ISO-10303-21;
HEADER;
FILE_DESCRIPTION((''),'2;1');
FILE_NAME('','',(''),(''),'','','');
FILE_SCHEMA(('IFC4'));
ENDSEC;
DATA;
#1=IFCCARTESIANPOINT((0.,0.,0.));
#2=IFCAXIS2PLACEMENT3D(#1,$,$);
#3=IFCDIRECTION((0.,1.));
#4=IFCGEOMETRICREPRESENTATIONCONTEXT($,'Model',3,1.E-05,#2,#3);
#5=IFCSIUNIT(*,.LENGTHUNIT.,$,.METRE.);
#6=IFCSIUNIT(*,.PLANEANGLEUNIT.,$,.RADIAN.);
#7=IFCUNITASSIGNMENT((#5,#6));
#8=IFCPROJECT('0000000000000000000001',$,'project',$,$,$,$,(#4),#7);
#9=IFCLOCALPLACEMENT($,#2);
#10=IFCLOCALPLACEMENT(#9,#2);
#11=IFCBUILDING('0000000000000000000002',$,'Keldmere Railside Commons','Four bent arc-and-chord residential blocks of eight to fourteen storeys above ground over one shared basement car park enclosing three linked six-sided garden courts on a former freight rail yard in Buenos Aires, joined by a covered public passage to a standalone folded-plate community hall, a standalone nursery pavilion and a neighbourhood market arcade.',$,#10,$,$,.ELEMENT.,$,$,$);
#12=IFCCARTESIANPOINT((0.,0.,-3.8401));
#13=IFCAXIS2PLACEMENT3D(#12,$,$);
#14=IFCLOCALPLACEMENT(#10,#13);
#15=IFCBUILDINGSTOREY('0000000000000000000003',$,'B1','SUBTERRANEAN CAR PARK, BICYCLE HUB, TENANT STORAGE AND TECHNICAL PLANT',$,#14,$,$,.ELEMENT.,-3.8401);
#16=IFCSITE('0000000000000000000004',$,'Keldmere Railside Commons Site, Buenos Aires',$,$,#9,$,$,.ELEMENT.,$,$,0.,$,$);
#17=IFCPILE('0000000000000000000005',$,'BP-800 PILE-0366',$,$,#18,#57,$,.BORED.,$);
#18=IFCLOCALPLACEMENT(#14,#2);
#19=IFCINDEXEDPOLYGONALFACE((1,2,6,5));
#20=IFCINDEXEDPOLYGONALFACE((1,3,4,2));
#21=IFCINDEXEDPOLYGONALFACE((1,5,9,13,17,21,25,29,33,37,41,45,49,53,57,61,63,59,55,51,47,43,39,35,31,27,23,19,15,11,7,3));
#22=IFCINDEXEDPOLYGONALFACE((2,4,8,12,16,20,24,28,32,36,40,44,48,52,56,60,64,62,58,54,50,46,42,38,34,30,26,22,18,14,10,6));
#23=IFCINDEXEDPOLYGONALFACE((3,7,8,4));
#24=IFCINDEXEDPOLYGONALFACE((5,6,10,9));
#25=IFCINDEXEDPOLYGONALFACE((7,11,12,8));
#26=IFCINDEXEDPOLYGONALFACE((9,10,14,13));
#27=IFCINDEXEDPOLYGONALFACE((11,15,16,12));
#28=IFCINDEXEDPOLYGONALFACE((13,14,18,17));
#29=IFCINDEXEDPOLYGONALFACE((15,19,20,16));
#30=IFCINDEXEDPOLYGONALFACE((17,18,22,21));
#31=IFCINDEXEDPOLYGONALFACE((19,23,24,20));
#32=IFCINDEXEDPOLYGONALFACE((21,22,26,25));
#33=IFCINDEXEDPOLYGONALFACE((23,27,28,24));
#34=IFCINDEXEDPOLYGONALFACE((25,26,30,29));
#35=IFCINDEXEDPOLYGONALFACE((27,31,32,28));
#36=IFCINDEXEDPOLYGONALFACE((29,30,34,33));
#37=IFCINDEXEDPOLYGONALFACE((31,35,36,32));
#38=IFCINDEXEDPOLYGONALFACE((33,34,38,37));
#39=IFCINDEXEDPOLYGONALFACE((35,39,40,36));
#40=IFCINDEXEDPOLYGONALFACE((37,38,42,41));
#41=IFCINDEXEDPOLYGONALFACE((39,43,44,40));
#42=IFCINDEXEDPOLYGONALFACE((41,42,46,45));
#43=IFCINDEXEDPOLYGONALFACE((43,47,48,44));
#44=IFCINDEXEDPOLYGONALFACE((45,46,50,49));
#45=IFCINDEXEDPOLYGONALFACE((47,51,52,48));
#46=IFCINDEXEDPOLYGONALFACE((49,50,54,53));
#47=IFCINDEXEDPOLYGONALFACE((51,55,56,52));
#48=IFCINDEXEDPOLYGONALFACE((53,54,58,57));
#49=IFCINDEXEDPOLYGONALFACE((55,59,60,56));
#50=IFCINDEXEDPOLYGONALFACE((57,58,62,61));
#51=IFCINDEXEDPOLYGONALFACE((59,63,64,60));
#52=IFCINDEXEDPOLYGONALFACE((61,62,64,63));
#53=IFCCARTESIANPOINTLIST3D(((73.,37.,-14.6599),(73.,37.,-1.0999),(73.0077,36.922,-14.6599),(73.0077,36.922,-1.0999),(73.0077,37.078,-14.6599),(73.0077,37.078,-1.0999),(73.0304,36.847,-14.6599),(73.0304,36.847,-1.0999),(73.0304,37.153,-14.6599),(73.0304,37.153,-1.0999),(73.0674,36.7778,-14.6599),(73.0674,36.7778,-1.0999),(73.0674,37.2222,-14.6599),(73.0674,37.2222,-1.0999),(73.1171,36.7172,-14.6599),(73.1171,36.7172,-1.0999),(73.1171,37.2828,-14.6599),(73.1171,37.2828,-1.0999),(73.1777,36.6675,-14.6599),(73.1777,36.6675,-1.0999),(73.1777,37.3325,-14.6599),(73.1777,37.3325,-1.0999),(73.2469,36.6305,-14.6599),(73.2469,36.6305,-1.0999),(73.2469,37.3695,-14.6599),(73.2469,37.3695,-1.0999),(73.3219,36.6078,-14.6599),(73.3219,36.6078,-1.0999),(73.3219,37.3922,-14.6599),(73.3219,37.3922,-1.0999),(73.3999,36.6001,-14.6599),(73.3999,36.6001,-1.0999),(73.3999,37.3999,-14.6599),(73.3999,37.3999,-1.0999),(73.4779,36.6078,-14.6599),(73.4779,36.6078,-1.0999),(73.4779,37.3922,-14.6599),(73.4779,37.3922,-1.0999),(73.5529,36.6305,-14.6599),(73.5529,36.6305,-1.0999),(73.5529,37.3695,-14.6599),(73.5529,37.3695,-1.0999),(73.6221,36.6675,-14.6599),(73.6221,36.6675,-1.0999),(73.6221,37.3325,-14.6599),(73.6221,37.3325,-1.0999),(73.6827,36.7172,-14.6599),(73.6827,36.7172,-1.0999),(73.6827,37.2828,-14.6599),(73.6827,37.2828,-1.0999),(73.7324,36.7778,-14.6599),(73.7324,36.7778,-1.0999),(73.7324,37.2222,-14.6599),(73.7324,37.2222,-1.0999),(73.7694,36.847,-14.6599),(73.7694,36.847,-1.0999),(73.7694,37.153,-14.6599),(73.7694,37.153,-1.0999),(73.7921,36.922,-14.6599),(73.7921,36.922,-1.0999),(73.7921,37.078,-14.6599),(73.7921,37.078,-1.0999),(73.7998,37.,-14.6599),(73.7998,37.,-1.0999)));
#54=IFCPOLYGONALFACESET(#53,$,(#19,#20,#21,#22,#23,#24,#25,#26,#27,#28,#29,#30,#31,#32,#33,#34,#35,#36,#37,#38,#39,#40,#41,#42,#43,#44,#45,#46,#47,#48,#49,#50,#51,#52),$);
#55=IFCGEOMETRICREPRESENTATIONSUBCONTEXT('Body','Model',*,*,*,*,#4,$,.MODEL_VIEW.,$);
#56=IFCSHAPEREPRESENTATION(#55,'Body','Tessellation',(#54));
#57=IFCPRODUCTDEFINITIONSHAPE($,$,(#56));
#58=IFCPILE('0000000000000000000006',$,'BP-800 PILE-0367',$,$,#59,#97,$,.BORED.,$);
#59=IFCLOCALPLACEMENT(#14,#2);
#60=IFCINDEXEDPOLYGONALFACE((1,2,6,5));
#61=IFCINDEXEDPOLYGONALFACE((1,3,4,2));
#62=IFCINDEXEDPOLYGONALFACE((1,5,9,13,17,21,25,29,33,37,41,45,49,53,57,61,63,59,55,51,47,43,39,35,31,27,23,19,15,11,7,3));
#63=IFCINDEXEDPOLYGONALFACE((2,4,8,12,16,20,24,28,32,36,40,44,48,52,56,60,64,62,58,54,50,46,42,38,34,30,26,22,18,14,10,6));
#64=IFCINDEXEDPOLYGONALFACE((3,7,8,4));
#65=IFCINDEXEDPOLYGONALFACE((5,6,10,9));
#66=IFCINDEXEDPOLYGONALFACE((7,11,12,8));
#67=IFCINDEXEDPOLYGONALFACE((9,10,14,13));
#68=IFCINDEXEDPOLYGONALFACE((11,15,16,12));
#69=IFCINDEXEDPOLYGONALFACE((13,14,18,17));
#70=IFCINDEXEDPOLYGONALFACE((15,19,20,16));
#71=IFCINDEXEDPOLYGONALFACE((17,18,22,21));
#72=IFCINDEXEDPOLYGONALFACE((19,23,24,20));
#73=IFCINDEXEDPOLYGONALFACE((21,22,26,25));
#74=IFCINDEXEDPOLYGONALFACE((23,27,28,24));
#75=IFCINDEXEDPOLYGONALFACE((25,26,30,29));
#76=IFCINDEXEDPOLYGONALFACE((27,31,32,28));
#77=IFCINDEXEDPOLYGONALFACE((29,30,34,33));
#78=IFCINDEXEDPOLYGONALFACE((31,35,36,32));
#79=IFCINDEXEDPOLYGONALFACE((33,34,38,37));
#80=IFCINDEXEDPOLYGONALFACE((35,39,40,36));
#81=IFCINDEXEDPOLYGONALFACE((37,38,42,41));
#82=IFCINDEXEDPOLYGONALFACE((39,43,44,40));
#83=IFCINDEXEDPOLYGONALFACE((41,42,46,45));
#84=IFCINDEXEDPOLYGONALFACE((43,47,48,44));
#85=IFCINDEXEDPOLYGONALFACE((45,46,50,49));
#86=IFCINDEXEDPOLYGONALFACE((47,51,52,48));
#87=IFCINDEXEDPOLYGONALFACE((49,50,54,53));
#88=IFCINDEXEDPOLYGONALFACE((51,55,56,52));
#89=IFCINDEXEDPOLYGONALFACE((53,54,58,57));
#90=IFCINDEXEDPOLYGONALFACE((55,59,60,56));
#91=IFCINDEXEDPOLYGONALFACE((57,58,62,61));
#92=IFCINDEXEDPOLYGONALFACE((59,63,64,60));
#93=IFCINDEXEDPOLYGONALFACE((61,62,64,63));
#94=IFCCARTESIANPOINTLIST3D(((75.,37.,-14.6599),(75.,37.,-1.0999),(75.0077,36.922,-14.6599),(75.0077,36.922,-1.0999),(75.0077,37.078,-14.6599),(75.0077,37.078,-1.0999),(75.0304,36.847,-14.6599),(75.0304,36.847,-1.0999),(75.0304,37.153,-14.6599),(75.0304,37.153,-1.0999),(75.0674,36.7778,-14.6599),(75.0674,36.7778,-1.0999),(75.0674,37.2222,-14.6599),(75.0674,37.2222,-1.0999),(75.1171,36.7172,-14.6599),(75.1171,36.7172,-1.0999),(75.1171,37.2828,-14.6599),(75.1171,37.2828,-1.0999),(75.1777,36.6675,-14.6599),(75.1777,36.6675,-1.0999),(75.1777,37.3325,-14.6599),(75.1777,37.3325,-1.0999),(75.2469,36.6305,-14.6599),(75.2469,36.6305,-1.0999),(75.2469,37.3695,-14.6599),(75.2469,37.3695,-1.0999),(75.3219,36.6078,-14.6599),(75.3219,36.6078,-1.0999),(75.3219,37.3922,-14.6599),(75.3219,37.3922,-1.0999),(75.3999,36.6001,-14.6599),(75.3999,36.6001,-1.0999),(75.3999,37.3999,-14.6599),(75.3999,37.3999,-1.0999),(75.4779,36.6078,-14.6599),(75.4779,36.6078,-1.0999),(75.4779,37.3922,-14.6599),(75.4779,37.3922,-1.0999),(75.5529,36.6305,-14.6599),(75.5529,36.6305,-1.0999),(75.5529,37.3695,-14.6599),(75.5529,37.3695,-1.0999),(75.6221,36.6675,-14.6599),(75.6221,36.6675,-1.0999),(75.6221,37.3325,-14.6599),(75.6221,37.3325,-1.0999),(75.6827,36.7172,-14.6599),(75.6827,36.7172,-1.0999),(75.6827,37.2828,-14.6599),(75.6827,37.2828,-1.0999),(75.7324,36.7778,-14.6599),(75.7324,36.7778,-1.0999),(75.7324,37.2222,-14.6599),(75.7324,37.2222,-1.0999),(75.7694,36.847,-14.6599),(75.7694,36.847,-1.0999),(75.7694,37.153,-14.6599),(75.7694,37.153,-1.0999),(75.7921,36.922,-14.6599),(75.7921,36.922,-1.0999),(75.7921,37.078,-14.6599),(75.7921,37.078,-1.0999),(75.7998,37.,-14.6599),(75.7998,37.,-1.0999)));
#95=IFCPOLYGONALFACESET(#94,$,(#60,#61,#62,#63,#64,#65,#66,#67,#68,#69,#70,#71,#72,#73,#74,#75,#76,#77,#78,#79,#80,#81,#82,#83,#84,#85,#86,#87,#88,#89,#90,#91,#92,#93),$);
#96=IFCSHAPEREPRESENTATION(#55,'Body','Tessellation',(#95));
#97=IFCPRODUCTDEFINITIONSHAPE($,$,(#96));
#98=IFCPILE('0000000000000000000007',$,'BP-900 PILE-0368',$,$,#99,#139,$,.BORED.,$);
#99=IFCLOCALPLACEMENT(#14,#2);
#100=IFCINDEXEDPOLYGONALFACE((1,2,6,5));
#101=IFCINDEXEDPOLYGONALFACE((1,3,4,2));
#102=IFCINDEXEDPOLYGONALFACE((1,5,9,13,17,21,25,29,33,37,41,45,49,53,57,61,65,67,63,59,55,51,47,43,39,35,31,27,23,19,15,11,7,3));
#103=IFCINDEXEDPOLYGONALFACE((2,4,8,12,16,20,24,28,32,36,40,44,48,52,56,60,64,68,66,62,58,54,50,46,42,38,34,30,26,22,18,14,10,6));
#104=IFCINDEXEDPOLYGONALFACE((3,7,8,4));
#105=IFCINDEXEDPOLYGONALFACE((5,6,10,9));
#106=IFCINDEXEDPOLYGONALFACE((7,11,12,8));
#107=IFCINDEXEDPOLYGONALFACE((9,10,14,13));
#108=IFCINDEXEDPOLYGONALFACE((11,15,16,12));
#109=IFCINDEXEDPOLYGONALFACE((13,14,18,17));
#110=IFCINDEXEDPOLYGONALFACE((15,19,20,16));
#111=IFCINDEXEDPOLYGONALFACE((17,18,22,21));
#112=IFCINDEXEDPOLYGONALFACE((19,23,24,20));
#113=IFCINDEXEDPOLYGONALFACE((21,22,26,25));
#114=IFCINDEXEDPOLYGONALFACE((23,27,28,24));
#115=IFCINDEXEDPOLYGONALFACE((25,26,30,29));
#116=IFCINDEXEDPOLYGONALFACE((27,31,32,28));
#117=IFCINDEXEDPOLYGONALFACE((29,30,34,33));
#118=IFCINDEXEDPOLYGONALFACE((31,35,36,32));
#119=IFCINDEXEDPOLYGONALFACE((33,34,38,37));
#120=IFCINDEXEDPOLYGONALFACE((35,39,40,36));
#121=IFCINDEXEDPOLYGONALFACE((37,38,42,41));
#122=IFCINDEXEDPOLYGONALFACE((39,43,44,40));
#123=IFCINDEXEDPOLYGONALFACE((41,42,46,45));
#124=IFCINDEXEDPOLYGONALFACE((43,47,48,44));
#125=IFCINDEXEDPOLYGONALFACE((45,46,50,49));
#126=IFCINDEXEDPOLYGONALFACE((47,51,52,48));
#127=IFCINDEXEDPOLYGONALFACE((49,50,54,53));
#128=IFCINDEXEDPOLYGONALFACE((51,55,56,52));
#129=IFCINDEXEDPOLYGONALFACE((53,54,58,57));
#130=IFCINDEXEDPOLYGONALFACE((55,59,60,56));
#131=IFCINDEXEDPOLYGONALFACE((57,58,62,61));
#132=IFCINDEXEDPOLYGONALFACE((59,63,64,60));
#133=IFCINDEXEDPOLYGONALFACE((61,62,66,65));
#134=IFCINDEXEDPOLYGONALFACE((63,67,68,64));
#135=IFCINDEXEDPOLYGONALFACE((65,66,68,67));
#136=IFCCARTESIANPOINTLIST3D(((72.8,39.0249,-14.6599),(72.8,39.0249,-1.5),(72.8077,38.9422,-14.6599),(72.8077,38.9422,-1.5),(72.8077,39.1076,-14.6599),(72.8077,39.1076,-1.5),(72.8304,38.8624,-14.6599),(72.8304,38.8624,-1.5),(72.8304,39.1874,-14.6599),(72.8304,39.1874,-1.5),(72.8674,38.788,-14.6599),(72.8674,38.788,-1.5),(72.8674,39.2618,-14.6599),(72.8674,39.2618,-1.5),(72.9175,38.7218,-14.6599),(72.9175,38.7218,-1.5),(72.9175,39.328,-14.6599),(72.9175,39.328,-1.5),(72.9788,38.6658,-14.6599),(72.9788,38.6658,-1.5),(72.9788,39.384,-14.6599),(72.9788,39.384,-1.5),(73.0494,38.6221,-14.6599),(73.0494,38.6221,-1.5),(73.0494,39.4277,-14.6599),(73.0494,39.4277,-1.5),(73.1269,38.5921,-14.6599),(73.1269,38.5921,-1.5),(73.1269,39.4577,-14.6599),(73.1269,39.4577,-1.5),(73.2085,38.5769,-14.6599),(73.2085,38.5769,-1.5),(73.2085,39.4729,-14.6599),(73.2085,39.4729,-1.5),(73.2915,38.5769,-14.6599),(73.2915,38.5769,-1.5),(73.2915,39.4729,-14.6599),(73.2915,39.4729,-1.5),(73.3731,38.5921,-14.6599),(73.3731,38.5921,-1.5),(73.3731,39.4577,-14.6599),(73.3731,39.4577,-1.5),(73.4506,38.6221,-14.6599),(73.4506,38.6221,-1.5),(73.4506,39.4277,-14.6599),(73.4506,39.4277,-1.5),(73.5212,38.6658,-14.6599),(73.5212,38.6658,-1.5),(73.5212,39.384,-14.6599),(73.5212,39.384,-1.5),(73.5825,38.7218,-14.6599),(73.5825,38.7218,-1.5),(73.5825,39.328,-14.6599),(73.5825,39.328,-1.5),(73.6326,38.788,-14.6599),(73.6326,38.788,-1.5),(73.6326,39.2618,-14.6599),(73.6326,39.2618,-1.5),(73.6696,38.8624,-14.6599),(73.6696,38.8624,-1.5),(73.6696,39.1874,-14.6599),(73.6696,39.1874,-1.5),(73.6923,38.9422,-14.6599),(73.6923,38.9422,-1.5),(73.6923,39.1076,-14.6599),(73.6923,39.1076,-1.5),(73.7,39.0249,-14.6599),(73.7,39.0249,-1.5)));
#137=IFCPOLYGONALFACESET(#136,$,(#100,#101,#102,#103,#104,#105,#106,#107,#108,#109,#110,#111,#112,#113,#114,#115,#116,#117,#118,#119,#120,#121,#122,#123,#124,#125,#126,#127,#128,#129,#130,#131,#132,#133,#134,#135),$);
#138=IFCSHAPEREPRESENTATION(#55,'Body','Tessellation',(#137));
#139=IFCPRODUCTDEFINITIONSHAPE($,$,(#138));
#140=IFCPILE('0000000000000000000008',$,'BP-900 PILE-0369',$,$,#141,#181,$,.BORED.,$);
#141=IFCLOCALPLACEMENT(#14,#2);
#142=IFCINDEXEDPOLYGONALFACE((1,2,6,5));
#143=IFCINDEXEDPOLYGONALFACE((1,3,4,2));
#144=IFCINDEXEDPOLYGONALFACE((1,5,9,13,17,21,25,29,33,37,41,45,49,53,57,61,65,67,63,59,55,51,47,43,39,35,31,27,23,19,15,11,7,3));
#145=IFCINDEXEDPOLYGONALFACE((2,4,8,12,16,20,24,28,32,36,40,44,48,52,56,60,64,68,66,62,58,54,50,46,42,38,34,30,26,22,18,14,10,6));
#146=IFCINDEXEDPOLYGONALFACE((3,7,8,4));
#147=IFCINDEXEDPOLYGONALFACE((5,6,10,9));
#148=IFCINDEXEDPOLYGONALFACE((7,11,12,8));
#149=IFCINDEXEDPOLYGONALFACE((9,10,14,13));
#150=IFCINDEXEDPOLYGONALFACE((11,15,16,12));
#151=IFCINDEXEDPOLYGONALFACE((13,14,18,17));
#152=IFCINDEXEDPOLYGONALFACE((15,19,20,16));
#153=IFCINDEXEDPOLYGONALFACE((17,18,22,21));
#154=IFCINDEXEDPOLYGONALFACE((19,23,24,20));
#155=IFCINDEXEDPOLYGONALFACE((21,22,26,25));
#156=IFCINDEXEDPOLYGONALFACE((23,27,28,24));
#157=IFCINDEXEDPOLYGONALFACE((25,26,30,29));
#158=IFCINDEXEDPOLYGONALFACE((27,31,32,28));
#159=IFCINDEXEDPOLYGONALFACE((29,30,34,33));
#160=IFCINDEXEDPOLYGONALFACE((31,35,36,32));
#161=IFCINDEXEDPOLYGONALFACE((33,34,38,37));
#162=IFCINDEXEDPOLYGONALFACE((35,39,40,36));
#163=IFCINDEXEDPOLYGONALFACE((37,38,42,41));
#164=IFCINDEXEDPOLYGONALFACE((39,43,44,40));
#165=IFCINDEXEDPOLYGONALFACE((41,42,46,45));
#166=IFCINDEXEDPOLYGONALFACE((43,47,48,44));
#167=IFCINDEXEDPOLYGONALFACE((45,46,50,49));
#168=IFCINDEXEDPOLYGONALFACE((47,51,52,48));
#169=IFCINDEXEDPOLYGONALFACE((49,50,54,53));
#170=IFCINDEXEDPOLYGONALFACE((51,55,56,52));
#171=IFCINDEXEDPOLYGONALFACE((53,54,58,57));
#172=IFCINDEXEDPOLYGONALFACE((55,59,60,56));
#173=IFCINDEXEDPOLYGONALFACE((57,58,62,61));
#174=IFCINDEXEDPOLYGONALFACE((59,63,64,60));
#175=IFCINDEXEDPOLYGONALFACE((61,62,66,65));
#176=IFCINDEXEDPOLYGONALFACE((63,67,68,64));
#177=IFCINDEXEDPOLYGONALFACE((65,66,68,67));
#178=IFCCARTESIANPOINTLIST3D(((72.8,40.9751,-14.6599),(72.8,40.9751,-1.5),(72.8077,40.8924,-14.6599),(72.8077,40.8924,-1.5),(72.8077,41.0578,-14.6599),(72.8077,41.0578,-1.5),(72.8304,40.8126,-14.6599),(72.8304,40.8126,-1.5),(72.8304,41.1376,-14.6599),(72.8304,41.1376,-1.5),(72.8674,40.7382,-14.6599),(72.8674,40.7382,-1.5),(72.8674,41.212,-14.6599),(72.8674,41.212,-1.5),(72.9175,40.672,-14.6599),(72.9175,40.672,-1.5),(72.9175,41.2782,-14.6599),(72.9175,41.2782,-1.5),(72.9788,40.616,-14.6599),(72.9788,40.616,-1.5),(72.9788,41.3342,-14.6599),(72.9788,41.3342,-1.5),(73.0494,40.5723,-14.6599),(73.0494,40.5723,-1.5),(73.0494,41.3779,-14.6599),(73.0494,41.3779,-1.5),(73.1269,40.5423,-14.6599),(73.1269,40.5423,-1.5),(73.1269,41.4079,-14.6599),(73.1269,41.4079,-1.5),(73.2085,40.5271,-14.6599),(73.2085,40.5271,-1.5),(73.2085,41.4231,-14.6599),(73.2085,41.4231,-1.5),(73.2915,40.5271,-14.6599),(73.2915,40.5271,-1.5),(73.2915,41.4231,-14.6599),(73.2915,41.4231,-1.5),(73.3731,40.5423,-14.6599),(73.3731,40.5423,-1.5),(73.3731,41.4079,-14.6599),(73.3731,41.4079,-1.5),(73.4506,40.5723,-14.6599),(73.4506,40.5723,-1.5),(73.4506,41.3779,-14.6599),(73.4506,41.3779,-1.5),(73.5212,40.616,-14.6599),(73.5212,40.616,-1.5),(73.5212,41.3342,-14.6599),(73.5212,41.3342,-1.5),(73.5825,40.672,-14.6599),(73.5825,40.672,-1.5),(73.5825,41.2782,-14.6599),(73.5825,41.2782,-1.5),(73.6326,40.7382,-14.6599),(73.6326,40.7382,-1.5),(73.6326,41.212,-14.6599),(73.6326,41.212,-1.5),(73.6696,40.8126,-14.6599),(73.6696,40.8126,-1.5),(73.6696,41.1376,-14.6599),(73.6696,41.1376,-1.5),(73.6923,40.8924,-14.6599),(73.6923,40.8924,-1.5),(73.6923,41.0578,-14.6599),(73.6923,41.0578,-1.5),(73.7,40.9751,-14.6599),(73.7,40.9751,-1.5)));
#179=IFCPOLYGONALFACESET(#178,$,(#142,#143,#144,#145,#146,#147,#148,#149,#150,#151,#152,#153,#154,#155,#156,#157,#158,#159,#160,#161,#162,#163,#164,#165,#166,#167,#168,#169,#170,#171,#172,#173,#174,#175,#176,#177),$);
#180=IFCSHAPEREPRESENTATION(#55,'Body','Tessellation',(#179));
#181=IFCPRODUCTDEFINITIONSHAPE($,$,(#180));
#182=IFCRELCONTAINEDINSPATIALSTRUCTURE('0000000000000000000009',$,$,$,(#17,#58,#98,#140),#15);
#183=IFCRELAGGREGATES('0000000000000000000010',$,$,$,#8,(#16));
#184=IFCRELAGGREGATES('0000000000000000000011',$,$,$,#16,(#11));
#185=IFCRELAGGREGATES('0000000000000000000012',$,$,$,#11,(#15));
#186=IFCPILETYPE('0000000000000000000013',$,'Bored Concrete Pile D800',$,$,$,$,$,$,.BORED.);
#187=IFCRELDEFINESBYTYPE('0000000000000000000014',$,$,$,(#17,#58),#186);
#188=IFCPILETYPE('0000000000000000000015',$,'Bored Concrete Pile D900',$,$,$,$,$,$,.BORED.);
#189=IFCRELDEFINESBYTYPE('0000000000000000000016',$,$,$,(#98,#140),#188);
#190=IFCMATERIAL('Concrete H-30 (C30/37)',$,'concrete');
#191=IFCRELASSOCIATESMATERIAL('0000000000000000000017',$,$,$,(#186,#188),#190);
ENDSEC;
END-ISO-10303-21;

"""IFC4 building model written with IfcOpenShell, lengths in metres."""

from ifc_helpers import new_model, si_unit, direction, frame, origin, origin_2d, place, context, subcontext, project, spatial, circle, extrude, material, material_profile, profile_set, type_object, element, save


model = new_model("IFC4")

# Units and contexts
model_context = context("Model", 3, precision=1e-05, world=origin(), true_north=direction((0.0, 1.0)))
body_context = subcontext(model_context, "Body", "Model", "MODEL_VIEW")
ifc_project = project(units=[si_unit("LENGTHUNIT", "METRE"), si_unit("PLANEANGLEUNIT", "RADIAN")], contexts=[model_context])

# Site, building, storey
site_placement = place(None, origin())
site = spatial("IfcSite", under=ifc_project, at=site_placement, Name="Keldmere Railside Commons Site, Buenos Aires", CompositionType="ELEMENT", RefElevation=0.0)
building_placement = place(site_placement, origin())
building = spatial("IfcBuilding", under=site, at=building_placement, Name="Keldmere Railside Commons", Description="Four bent arc-and-chord residential blocks of eight to fourteen storeys above ground over one shared basement car park enclosing three linked six-sided garden courts on a former freight rail yard in Buenos Aires, joined by a covered public passage to a standalone folded-plate community hall, a standalone nursery pavilion and a neighbourhood market arcade.", CompositionType="ELEMENT")
storey_placement = place(building_placement, frame((0.0, 0.0, -3.8401)))
storey = spatial("IfcBuildingStorey", under=building, at=storey_placement, Name="B1", Description="SUBTERRANEAN CAR PARK, BICYCLE HUB, TENANT STORAGE AND TECHNICAL PLANT", CompositionType="ELEMENT", Elevation=-3.8401)

# Piles
ifc_material_1 = material(Name="Concrete H-30 (C30/37)", Category="concrete")
ifc_material_profile_1 = material_profile(ifc_material_1, circle(Radius=0.3999, at=origin_2d()), Name="PILE-D800")
ifc_profile_set_1 = profile_set([ifc_material_profile_1], Name="Concrete H-30 (C30/37)")
pile_type_1 = type_object("IfcPileType", Name="Bored Concrete Pile D800", PredefinedType="BORED", material=ifc_profile_set_1)
for number, where, z_axis, x_axis, name in (
    (1, (73.3999, 37.0, -1.0999), (0.0, 0.0, -1.0), (1.0, 0.0, 0.0), "BP-800 PILE-0366"),
    (2, (75.3999, 37.0, -1.0999), (0.0, 0.0, -1.0), (1.0, 0.0, 0.0), "BP-800 PILE-0367"),
):
    element("IfcPile", number, at=place(storey_placement, frame(where, z_axis=z_axis, x_axis=x_axis)), inside=storey, type_object=pile_type_1, Name=name, PredefinedType="BORED", context=body_context, shape_type="SweptSolid", body=[
        extrude(circle(Radius=0.3999, at=origin_2d()), origin(), (0.0, 0.0, 1.0), 13.5601),
    ])
ifc_material_profile_2 = material_profile(ifc_material_1, circle(Radius=0.45, at=origin_2d()), Name="PILE-D900")
ifc_profile_set_2 = profile_set([ifc_material_profile_2], Name="Concrete H-30 (C30/37)")
pile_type_2 = type_object("IfcPileType", Name="Bored Concrete Pile D900", PredefinedType="BORED", material=ifc_profile_set_2)
for number, where, z_axis, x_axis, name in (
    (3, (73.25, 39.0249, -1.5), (0.0, 0.0, -1.0), (1.0, 0.0, 0.0), "BP-900 PILE-0368"),
    (4, (73.25, 40.9751, -1.5), (0.0, 0.0, -1.0), (1.0, 0.0, 0.0), "BP-900 PILE-0369"),
):
    element("IfcPile", number, at=place(storey_placement, frame(where, z_axis=z_axis, x_axis=x_axis)), inside=storey, type_object=pile_type_2, Name=name, PredefinedType="BORED", context=body_context, shape_type="SweptSolid", body=[
        extrude(circle(Radius=0.45, at=origin_2d()), origin(), (0.0, 0.0, 1.0), 13.1599),
    ])

save(model, "model.ifc")
